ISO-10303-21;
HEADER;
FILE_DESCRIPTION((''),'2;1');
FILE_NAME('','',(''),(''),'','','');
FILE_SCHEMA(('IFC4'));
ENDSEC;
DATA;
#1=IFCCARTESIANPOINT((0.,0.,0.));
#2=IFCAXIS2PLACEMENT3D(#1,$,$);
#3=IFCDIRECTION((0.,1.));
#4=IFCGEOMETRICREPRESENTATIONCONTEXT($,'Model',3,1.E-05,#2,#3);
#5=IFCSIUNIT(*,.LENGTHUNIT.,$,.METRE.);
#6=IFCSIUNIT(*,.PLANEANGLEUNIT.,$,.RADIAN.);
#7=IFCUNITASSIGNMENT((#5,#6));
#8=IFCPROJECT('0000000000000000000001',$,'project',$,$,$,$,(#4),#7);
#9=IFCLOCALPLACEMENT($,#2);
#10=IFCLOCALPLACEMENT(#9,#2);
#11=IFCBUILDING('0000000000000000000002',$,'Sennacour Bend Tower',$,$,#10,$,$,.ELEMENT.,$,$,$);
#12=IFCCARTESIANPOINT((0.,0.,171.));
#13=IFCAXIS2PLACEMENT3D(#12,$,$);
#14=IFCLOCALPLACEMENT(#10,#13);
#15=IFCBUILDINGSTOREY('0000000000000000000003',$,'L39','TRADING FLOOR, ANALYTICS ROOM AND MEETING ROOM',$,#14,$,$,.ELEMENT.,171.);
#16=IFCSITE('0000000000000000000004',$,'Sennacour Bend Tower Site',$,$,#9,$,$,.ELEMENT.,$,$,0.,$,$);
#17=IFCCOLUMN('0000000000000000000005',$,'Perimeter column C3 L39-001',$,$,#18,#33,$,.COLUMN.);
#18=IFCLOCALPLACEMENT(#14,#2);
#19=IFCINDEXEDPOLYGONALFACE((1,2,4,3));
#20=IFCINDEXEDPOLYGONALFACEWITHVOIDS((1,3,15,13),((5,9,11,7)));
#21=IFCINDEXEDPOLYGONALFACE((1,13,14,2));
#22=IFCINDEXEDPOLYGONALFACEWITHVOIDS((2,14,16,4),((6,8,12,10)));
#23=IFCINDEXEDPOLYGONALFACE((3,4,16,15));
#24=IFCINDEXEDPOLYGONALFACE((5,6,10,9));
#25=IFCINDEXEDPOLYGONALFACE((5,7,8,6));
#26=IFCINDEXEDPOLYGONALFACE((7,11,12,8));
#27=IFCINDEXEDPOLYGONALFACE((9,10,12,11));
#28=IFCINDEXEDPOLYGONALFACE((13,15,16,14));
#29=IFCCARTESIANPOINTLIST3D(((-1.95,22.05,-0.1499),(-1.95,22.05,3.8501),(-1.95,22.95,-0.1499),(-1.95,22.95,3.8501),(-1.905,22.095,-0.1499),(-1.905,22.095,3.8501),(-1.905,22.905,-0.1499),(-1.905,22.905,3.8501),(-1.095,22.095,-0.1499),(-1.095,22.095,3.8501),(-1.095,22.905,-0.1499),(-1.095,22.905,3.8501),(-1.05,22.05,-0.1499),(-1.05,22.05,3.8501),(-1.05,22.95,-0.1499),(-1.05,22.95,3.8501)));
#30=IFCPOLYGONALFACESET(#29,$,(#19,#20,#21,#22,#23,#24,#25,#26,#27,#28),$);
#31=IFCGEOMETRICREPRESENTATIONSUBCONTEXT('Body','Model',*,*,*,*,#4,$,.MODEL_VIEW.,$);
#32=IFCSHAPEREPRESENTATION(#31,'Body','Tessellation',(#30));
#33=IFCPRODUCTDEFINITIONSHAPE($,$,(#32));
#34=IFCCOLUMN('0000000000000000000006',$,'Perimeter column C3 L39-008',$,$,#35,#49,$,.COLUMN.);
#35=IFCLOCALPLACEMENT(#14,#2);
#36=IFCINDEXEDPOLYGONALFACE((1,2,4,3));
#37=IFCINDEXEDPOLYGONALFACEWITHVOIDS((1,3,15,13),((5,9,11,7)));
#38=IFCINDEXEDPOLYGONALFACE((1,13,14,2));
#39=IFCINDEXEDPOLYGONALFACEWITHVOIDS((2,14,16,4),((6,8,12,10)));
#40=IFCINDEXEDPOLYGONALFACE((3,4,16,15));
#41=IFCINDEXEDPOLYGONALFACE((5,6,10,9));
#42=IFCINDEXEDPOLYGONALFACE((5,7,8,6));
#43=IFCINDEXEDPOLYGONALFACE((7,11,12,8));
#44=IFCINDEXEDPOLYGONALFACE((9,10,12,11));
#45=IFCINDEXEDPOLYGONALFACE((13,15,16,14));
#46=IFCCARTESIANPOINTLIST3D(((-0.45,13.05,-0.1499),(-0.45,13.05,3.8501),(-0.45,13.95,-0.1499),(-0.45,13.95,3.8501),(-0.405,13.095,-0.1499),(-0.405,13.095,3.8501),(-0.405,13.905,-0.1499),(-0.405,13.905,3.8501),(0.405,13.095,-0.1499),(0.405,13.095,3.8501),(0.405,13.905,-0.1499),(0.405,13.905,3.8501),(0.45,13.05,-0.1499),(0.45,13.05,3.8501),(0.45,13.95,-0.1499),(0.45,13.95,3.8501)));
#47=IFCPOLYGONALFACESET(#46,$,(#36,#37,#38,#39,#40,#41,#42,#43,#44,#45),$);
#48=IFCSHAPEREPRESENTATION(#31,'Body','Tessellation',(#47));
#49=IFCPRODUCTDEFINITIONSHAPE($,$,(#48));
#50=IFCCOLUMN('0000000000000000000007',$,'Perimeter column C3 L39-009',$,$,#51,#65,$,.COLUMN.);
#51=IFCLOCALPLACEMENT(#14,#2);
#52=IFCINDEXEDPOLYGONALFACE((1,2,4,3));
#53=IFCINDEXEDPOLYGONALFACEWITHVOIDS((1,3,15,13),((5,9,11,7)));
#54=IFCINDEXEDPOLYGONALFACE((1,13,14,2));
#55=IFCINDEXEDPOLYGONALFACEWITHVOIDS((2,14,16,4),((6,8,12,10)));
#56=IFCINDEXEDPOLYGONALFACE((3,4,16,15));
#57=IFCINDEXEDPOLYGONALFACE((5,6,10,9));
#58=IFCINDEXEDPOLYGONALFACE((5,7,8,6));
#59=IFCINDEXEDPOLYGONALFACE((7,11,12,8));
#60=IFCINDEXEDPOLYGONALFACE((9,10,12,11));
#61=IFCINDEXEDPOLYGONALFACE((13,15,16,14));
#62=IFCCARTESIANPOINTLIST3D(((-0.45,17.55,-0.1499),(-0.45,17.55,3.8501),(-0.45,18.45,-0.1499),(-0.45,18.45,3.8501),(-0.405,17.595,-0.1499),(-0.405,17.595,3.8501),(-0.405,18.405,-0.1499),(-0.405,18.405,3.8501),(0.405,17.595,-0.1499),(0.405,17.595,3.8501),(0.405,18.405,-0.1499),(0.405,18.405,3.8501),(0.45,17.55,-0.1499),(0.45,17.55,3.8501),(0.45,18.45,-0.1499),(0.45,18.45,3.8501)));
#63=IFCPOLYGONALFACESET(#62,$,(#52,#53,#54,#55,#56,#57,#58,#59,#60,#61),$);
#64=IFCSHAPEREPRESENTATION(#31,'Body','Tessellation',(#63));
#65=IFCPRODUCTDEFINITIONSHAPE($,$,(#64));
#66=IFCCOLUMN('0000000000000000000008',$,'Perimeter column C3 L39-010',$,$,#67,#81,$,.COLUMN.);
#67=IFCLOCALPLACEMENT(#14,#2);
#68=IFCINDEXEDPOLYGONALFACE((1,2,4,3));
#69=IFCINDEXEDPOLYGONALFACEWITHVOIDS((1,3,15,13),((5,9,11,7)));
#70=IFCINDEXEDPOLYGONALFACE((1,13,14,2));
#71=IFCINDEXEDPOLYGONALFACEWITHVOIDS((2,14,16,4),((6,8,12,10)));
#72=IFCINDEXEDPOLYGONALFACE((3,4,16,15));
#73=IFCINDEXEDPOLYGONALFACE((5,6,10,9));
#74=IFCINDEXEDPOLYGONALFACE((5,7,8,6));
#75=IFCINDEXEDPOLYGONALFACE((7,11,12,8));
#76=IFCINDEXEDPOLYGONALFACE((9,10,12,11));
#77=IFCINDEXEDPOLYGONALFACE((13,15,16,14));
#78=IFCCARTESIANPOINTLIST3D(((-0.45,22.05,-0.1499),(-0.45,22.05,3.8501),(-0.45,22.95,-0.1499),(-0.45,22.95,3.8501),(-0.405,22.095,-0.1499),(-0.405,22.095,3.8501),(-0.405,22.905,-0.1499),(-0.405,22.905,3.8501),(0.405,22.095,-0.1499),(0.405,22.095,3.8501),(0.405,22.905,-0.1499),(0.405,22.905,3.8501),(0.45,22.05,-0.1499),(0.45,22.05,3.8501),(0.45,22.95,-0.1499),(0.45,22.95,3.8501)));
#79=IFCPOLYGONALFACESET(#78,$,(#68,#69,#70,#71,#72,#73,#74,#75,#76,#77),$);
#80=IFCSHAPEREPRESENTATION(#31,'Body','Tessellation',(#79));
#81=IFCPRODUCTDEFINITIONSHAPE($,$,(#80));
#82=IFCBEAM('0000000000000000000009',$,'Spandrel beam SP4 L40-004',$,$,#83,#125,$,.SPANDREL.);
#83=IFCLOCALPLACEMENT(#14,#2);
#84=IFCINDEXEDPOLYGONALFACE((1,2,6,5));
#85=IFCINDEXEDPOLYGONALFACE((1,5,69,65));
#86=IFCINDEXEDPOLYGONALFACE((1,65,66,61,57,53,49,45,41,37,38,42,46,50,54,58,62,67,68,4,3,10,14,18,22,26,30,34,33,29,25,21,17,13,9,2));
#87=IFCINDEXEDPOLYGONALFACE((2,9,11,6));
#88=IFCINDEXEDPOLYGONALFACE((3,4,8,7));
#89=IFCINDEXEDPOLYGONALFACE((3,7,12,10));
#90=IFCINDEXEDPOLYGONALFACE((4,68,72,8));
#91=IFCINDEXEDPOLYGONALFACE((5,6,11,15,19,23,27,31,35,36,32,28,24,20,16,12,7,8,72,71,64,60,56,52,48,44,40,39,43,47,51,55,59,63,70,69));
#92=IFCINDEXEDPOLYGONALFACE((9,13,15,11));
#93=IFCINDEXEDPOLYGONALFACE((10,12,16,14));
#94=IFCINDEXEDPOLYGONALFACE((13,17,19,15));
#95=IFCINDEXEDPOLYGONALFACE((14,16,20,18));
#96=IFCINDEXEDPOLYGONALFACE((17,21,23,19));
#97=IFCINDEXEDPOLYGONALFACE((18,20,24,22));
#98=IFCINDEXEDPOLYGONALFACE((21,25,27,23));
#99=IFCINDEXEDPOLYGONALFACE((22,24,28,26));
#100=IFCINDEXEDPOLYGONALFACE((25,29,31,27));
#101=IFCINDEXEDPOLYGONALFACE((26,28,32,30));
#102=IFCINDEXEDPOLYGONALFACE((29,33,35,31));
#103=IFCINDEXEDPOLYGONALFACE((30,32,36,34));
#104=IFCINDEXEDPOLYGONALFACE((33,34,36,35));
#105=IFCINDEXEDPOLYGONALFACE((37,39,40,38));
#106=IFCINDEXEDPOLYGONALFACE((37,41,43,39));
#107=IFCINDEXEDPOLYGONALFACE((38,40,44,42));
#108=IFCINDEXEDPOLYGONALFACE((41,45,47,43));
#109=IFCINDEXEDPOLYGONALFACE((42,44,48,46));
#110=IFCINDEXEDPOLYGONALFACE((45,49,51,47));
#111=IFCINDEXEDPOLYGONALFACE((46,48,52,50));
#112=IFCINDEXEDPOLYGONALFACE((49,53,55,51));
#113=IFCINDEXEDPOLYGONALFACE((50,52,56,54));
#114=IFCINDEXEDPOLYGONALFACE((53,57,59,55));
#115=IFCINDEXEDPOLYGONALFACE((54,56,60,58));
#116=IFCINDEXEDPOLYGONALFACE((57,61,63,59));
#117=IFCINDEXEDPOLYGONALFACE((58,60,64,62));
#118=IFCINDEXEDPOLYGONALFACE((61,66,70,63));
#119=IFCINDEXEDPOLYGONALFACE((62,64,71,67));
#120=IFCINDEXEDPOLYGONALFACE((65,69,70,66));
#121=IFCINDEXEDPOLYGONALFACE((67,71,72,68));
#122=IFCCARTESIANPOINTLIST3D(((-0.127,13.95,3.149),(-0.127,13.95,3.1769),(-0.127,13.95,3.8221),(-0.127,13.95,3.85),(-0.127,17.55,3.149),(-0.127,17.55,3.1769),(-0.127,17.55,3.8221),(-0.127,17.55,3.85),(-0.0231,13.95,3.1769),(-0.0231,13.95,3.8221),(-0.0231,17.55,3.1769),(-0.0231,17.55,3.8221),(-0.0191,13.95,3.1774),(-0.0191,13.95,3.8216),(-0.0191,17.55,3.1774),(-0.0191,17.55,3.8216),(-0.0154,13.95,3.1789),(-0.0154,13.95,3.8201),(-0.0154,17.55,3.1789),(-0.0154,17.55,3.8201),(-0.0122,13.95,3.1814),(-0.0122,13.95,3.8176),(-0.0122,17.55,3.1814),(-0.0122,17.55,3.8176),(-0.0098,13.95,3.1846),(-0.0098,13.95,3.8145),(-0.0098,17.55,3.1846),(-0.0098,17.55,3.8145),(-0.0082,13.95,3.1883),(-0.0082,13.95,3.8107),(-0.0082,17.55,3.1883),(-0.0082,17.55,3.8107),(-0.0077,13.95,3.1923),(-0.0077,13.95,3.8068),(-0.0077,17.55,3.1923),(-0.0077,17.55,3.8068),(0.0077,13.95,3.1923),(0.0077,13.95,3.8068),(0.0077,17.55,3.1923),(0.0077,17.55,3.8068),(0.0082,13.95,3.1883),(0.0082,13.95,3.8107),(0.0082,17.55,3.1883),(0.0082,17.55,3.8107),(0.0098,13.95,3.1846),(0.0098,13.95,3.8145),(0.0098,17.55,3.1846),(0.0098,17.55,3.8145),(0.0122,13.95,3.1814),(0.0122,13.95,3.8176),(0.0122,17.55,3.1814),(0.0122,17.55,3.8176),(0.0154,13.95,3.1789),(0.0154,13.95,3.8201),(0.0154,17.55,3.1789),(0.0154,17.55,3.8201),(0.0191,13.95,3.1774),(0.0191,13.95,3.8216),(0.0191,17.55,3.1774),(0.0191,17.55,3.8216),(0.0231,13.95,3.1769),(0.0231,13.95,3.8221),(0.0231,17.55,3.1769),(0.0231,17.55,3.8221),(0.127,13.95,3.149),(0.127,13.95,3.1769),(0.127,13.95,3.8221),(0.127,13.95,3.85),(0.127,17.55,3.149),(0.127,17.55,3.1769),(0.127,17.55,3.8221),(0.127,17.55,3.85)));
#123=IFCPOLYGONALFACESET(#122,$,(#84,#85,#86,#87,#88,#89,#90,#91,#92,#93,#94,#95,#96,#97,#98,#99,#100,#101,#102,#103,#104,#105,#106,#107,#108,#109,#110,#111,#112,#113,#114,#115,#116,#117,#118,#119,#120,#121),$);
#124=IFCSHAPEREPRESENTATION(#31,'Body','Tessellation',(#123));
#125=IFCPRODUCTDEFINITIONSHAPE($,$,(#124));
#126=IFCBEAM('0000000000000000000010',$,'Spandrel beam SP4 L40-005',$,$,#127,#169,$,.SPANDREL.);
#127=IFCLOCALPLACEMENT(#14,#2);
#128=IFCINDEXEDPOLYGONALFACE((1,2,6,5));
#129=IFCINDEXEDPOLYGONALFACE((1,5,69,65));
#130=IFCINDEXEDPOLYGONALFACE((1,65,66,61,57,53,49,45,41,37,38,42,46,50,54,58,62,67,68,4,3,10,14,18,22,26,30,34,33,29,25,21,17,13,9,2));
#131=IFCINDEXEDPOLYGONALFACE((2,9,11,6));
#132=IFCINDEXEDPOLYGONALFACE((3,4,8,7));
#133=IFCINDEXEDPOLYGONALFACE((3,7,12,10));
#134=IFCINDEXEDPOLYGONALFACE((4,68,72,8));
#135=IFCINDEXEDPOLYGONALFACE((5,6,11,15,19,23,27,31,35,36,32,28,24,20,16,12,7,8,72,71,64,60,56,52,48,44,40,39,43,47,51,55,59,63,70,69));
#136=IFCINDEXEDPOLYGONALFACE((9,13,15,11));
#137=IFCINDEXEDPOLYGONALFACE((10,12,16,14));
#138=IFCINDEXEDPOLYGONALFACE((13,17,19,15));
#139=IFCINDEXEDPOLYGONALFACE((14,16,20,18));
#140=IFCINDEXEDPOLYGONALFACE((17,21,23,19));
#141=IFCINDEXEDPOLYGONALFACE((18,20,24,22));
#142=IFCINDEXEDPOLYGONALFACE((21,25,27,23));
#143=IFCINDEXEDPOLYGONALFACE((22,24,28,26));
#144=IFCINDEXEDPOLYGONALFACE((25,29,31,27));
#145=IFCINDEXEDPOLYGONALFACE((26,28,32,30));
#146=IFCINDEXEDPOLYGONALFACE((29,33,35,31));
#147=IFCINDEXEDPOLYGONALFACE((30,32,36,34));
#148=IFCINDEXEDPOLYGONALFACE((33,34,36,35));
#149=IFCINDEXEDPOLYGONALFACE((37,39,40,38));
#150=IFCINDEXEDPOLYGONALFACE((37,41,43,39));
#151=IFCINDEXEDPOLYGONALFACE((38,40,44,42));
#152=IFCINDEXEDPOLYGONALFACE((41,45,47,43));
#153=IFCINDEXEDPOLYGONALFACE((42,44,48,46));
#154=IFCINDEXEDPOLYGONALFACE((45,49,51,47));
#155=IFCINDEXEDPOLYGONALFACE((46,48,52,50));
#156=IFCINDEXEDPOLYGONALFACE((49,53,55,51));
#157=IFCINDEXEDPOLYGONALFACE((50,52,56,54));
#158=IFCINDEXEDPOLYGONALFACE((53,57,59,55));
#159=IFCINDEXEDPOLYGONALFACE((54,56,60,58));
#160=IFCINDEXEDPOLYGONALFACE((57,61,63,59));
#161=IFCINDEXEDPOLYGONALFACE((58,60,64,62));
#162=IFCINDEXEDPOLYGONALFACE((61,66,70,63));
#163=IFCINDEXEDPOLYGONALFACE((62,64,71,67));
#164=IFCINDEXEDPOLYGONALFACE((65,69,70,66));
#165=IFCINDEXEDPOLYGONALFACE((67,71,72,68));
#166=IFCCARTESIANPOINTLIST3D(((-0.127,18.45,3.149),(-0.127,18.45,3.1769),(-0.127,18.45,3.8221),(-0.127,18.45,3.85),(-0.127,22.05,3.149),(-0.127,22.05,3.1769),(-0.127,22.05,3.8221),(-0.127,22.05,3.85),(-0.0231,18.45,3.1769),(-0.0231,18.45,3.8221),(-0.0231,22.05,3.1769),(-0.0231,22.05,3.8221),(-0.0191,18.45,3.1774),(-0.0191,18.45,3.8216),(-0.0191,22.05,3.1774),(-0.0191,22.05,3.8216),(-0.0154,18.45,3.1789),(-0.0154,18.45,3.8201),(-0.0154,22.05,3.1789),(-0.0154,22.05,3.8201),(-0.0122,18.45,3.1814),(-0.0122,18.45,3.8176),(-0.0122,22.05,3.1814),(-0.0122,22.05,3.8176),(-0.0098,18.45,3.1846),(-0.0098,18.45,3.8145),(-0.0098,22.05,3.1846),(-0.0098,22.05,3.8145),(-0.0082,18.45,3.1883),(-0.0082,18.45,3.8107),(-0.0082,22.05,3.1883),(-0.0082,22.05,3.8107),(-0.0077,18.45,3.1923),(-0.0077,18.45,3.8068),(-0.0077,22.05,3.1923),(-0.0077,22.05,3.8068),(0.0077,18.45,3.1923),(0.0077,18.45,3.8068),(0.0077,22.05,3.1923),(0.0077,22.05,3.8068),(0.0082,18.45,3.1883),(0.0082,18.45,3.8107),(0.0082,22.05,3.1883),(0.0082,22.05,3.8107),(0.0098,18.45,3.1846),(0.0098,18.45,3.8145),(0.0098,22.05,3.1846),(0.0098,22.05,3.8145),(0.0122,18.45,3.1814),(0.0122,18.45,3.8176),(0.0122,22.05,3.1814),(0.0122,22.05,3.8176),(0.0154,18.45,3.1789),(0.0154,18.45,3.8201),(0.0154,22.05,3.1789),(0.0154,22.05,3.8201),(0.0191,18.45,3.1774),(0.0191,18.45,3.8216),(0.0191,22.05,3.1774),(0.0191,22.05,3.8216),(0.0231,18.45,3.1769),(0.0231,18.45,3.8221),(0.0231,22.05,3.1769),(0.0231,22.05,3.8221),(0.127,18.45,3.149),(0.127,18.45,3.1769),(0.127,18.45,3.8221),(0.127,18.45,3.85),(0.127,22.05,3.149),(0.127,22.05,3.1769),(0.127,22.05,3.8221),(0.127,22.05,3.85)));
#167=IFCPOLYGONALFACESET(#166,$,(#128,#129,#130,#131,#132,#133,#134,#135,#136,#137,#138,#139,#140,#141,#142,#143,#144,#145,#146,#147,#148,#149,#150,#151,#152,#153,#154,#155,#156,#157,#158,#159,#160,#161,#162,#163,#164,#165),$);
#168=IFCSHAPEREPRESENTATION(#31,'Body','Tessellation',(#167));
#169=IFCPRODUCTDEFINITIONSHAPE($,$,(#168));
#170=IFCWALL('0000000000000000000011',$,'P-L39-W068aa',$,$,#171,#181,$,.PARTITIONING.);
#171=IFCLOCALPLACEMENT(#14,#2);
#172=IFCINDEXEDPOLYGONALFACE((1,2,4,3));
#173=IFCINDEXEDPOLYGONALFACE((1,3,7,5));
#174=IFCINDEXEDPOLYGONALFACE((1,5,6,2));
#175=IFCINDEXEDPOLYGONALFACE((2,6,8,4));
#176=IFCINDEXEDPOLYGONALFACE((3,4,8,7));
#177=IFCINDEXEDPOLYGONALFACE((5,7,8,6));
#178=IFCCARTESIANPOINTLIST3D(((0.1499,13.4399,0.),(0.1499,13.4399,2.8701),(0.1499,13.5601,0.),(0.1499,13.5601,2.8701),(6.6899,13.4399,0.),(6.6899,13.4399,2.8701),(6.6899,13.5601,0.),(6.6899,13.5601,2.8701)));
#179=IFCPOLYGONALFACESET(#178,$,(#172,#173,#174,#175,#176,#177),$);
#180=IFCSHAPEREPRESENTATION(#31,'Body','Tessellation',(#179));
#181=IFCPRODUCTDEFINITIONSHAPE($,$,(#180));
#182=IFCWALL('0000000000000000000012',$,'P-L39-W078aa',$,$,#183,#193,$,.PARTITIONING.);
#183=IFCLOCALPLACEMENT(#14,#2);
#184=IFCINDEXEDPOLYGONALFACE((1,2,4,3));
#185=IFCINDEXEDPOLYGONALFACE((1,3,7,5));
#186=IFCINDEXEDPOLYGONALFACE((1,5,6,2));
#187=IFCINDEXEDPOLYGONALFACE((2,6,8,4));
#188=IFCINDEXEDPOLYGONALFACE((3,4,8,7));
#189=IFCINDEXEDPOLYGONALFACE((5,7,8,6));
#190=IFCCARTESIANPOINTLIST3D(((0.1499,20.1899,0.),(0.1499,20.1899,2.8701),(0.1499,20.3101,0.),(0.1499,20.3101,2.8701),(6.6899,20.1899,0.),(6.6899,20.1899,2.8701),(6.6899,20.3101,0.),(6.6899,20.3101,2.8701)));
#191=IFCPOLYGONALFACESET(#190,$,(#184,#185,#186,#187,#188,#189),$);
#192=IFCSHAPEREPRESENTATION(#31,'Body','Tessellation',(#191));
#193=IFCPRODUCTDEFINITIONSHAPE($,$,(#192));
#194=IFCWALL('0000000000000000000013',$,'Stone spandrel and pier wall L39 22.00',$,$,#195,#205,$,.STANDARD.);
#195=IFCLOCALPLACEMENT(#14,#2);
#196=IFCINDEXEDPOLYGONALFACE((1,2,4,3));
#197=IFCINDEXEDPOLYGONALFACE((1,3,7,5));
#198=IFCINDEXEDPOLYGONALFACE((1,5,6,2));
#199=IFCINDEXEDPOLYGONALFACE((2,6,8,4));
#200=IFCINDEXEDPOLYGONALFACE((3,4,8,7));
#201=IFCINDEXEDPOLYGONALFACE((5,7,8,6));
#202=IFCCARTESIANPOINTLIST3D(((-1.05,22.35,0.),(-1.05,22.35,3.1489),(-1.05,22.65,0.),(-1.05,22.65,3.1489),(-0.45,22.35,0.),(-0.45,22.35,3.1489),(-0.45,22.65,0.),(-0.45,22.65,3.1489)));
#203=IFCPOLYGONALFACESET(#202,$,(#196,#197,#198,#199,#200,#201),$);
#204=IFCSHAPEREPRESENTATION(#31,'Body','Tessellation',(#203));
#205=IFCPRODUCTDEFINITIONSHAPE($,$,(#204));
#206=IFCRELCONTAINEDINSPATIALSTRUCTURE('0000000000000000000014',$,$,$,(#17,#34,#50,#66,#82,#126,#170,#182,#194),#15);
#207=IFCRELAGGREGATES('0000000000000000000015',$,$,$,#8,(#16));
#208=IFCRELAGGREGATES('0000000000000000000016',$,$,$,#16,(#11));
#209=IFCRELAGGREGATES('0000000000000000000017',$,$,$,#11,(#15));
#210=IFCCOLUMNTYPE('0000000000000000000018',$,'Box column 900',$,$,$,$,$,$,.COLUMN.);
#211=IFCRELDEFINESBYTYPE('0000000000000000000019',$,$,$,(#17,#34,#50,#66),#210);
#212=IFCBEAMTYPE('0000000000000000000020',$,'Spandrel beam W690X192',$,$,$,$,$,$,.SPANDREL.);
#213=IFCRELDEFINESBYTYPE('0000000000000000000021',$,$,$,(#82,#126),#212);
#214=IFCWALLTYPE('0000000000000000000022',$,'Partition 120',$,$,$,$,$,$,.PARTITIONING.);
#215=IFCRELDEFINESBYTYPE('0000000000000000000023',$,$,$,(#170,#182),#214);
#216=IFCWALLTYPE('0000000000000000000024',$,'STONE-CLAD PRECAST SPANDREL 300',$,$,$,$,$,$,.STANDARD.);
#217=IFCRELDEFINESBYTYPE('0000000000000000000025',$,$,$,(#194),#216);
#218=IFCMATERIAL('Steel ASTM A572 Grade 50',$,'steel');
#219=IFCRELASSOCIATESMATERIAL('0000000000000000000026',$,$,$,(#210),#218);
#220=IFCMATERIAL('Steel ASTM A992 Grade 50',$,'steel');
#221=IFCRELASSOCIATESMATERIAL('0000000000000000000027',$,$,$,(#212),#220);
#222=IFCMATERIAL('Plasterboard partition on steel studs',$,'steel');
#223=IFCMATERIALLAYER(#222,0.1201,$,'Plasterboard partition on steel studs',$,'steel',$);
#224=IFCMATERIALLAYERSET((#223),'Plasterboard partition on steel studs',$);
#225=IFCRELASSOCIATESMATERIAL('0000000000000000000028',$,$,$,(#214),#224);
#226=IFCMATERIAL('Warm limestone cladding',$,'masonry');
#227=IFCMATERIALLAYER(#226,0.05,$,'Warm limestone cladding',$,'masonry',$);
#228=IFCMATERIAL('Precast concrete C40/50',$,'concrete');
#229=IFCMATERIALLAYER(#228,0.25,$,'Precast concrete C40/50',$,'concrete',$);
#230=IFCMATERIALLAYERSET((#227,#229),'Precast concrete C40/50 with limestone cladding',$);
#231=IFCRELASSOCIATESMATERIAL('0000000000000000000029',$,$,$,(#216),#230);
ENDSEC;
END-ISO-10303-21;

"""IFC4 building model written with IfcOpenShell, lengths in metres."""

from ifc_helpers import new_model, si_unit, direction, frame, frame_2d, origin, origin_2d, place, context, subcontext, project, spatial, rectangle, hollow_rectangle, i_section, extrude, material, layer, layer_set, material_profile, profile_set, type_object, element, save


model = new_model("IFC4")

# Units and contexts
model_context = context("Model", 3, precision=1e-05, world=origin(), true_north=direction((0.0, 1.0)))
body_context = subcontext(model_context, "Body", "Model", "MODEL_VIEW")
ifc_project = project(units=[si_unit("LENGTHUNIT", "METRE"), si_unit("PLANEANGLEUNIT", "RADIAN")], contexts=[model_context])

# Site, building, storey
site_placement = place(None, origin())
site = spatial("IfcSite", under=ifc_project, at=site_placement, Name="Sennacour Bend Tower Site", CompositionType="ELEMENT", RefElevation=0.0)
building_placement = place(site_placement, origin())
building = spatial("IfcBuilding", under=site, at=building_placement, Name="Sennacour Bend Tower", CompositionType="ELEMENT")
storey_placement = place(building_placement, frame((0.0, 0.0, 171.0)))
storey = spatial("IfcBuildingStorey", under=building, at=storey_placement, Name="L39", Description="TRADING FLOOR, ANALYTICS ROOM AND MEETING ROOM", CompositionType="ELEMENT", Elevation=171.0)

# Columns
ifc_material_1 = material(Name="Steel ASTM A572 Grade 50", Category="steel")
ifc_material_profile_1 = material_profile(ifc_material_1, hollow_rectangle(XDim=0.8999, YDim=0.8999, WallThickness=0.0449, at=origin_2d()), Name="Steel ASTM A572 Grade 50", Category="steel")
ifc_profile_set_1 = profile_set([ifc_material_profile_1], Name="Steel ASTM A572 Grade 50")
column_type = type_object("IfcColumnType", Name="Box column 900", PredefinedType="COLUMN", material=ifc_profile_set_1)
for number, where, z_axis, x_axis, name in (
    (1, (-1.5, 22.5, -0.1499), (0.0, 0.0, 1.0), (1.0, 0.0, 0.0), "Perimeter column C3 L39-001"),
    (2, (0.0, 13.5, -0.1499), (0.0, 0.0, 1.0), (1.0, 0.0, 0.0), "Perimeter column C3 L39-008"),
    (3, (0.0, 18.0, -0.1499), (0.0, 0.0, 1.0), (1.0, 0.0, 0.0), "Perimeter column C3 L39-009"),
    (4, (0.0, 22.5, -0.1499), (0.0, 0.0, 1.0), (1.0, 0.0, 0.0), "Perimeter column C3 L39-010"),
):
    element("IfcColumn", number, at=place(storey_placement, frame(where, z_axis=z_axis, x_axis=x_axis)), inside=storey, type_object=column_type, Name=name, PredefinedType="COLUMN", context=body_context, shape_type="SweptSolid", body=[
        extrude(hollow_rectangle(XDim=0.8999, YDim=0.8999, WallThickness=0.0449, at=origin_2d()), origin(), (0.0, 0.0, 1.0), 4.0),
    ])

# Beams
ifc_material_2 = material(Name="Steel ASTM A992 Grade 50", Category="steel")
ifc_material_profile_2 = material_profile(ifc_material_2, i_section(OverallWidth=0.2539, OverallDepth=0.7009, WebThickness=0.0154, FlangeThickness=0.0278, FilletRadius=0.0154, at=origin_2d()), Name="Steel ASTM A992 Grade 50", Category="steel")
ifc_profile_set_2 = profile_set([ifc_material_profile_2], Name="Steel ASTM A992 Grade 50")
beam_type = type_object("IfcBeamType", Name="Spandrel beam W690X192", PredefinedType="SPANDREL", material=ifc_profile_set_2)
for number, where, z_axis, x_axis, name in (
    (5, (0.0, 13.95, 3.4995), (0.0, 1.0, 0.0), (-1.0, 0.0, 0.0), "Spandrel beam SP4 L40-004"),
    (6, (0.0, 18.45, 3.4995), (0.0, 1.0, 0.0), (-1.0, 0.0, 0.0), "Spandrel beam SP4 L40-005"),
):
    element("IfcBeam", number, at=place(storey_placement, frame(where, z_axis=z_axis, x_axis=x_axis)), inside=storey, type_object=beam_type, Name=name, PredefinedType="SPANDREL", context=body_context, shape_type="SweptSolid", body=[
        extrude(i_section(OverallWidth=0.2539, OverallDepth=0.7009, WebThickness=0.0154, FlangeThickness=0.0278, FilletRadius=0.0154, at=origin_2d()), origin(), (0.0, 0.0, 1.0), 3.6001),
    ])

# Walls
ifc_material_3 = material(Name="Plasterboard partition on steel studs", Category="steel")
ifc_layer_1 = layer(ifc_material_3, 0.1201, Name="Plasterboard partition on steel studs", Category="steel")
ifc_layer_set_1 = layer_set([ifc_layer_1], Name="Plasterboard partition on steel studs")
wall_type_1 = type_object("IfcWallType", Name="Partition 120", PredefinedType="PARTITIONING", material=ifc_layer_set_1)
for number, where, z_axis, x_axis, name in (
    (7, (0.1499, 13.5, 0.0), (0.0, 0.0, 1.0), (1.0, 0.0, 0.0), "P-L39-W068aa"),
    (8, (0.1499, 20.25, 0.0), (0.0, 0.0, 1.0), (1.0, 0.0, 0.0), "P-L39-W078aa"),
):
    element("IfcWall", number, at=place(storey_placement, frame(where, z_axis=z_axis, x_axis=x_axis)), inside=storey, type_object=wall_type_1, Name=name, PredefinedType="PARTITIONING", context=body_context, shape_type="SweptSolid", body=[
        extrude(rectangle(XDim=6.54, YDim=0.1201, at=frame_2d((3.27, 0.0))), origin(), (0.0, 0.0, 1.0), 2.8701),
    ])
ifc_material_4 = material(Name="Warm limestone cladding", Category="masonry")
ifc_layer_2 = layer(ifc_material_4, 0.05, Name="Warm limestone cladding", Category="masonry")
ifc_material_5 = material(Name="Precast concrete C40/50", Category="concrete")
ifc_layer_3 = layer(ifc_material_5, 0.25, Name="Precast concrete C40/50", Category="concrete")
ifc_layer_set_2 = layer_set([ifc_layer_2, ifc_layer_3], Name="Precast concrete C40/50 with limestone cladding")
wall_type_2 = type_object("IfcWallType", Name="STONE-CLAD PRECAST SPANDREL 300", PredefinedType="STANDARD", material=ifc_layer_set_2)
wall_1_placement = place(storey_placement, frame((-1.05, 22.5, 0.0), z_axis=(0.0, 0.0, 1.0), x_axis=(1.0, 0.0, 0.0)))
element("IfcWall", 9, at=wall_1_placement, inside=storey, type_object=wall_type_2, Name="Stone spandrel and pier wall L39 22.00", PredefinedType="STANDARD", context=body_context, shape_type="SweptSolid", body=[
    extrude(rectangle(XDim=0.6001, YDim=0.3, at=frame_2d((0.3, 0.0))), origin(), (0.0, 0.0, 1.0), 3.1489),
])

save(model, "model.ifc")
